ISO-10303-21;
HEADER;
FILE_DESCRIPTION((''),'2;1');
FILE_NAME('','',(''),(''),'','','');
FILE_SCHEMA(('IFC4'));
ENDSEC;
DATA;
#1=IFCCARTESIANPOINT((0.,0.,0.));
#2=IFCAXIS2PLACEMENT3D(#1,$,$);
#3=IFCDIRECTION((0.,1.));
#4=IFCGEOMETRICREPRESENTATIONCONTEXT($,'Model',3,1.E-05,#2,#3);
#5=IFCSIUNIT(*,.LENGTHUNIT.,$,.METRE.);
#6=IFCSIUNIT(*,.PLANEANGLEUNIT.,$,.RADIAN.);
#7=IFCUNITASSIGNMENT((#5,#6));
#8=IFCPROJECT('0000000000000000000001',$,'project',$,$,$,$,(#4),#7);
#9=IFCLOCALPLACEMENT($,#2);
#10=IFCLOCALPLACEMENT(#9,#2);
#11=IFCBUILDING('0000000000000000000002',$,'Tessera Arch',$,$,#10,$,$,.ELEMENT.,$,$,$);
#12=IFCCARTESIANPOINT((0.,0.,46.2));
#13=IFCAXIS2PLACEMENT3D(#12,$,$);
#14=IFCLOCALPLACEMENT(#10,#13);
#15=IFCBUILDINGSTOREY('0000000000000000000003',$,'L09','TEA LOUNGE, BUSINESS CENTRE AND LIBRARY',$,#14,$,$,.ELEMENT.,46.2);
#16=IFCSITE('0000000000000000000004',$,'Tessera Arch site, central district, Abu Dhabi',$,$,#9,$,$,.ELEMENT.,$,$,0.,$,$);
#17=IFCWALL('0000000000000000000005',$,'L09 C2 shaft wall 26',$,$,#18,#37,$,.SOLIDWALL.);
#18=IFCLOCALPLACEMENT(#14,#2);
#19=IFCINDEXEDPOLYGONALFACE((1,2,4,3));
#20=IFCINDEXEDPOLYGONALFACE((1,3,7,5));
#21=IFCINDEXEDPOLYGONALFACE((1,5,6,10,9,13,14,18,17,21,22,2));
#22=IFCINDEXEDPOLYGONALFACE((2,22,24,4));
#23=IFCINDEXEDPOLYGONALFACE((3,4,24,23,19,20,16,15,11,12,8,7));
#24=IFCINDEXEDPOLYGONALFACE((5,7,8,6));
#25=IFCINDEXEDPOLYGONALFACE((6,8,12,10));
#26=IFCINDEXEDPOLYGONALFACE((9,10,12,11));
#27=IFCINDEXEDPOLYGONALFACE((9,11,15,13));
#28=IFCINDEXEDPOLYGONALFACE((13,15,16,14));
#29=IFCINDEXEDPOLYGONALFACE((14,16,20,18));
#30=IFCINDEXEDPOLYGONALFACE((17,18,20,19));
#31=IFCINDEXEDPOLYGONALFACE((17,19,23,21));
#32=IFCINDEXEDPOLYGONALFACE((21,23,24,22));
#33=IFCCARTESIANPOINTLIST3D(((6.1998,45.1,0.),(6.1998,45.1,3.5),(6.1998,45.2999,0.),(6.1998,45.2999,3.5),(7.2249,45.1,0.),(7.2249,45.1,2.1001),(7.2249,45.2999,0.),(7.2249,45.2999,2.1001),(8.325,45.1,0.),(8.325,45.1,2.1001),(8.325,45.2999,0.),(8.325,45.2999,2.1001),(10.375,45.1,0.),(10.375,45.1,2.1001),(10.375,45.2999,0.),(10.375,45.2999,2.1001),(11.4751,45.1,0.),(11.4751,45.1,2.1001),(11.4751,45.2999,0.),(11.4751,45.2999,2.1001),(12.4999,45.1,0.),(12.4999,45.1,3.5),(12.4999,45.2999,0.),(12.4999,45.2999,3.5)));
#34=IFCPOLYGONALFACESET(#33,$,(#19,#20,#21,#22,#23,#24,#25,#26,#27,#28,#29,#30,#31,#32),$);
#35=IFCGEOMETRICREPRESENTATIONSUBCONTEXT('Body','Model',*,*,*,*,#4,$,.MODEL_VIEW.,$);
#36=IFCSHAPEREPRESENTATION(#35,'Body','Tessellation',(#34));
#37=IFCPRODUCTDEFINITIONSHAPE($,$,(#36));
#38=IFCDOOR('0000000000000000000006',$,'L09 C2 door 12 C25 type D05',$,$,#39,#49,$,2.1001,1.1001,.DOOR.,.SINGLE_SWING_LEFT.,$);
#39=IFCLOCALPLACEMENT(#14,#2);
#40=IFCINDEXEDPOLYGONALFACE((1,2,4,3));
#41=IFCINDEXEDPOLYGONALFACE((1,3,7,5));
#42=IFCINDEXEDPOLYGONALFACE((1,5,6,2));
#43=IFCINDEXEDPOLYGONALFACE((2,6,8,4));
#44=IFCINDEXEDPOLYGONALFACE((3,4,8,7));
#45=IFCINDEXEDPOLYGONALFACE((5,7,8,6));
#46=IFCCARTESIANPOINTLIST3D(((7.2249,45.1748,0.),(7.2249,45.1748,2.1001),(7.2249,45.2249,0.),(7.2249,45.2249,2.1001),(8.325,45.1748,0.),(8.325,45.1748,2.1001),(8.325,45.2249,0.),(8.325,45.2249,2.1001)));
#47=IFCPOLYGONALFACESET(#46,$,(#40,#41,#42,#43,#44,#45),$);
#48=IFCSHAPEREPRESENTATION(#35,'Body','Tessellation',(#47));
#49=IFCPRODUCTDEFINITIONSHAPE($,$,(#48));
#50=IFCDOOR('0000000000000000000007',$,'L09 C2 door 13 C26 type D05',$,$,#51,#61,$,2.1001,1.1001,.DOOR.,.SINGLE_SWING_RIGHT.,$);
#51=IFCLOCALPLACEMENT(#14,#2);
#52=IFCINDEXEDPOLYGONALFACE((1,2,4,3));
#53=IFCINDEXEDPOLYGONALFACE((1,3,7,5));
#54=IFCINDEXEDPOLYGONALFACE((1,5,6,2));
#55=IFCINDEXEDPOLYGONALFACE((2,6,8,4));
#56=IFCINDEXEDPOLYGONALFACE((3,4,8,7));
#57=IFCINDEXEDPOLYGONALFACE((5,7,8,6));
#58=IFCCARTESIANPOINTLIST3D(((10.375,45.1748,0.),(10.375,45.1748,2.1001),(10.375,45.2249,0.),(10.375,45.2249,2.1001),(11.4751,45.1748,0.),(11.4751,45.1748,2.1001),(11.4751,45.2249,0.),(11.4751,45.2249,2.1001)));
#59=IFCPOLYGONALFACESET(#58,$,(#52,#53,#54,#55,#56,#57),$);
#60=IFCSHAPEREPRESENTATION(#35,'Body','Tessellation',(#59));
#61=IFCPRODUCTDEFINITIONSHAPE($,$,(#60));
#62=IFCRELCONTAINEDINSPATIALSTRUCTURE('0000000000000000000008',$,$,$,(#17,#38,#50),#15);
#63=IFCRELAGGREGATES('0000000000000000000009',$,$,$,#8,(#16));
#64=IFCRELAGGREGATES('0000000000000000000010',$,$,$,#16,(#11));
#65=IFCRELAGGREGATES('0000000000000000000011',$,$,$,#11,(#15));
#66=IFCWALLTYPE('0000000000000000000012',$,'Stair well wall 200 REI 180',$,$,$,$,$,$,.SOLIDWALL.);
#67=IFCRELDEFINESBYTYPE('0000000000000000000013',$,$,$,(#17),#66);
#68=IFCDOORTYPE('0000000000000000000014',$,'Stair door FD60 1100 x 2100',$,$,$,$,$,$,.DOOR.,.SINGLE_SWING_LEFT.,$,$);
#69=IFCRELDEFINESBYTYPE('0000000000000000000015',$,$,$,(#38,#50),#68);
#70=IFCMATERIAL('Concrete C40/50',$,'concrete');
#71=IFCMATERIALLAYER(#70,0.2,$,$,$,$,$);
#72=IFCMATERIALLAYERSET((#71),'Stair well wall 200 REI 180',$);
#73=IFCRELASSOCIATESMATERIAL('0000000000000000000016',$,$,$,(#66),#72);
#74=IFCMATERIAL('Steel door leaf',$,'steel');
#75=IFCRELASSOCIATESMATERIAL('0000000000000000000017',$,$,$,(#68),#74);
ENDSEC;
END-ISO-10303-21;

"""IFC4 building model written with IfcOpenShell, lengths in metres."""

from ifc_helpers import new_model, si_unit, direction, frame, frame_2d, origin, place, context, subcontext, project, spatial, rectangle, extrude, material, layer, layer_set, type_object, element, fill, save


model = new_model("IFC4")

# Units and contexts
model_context = context("Model", 3, precision=1e-05, world=origin(), true_north=direction((0.0, 1.0)))
body_context = subcontext(model_context, "Body", "Model", "MODEL_VIEW")
ifc_project = project(units=[si_unit("LENGTHUNIT", "METRE"), si_unit("PLANEANGLEUNIT", "RADIAN")], contexts=[model_context])

# Site, building, storey
site_placement = place(None, origin())
site = spatial("IfcSite", under=ifc_project, at=site_placement, Name="Tessera Arch site, central district, Abu Dhabi", CompositionType="ELEMENT", RefElevation=0.0)
building_placement = place(site_placement, origin())
building = spatial("IfcBuilding", under=site, at=building_placement, Name="Tessera Arch", CompositionType="ELEMENT")
storey_placement = place(building_placement, frame((0.0, 0.0, 46.2)))
storey = spatial("IfcBuildingStorey", under=building, at=storey_placement, Name="L09", Description="TEA LOUNGE, BUSINESS CENTRE AND LIBRARY", CompositionType="ELEMENT", Elevation=46.2)

# Wall, openings, doors
ifc_material_1 = material(Name="Concrete C40/50", Category="concrete")
ifc_layer_1 = layer(ifc_material_1, 0.2)
ifc_layer_set_1 = layer_set([ifc_layer_1], Name="Stair well wall 200 REI 180")
wall_type_1 = type_object("IfcWallType", Name="Stair well wall 200 REI 180", PredefinedType="SOLIDWALL", material=ifc_layer_set_1)
wall_1_placement = place(storey_placement, frame((6.2, 45.2, 0.0), z_axis=(0.0, 0.0, 1.0), x_axis=(1.0, 0.0, 0.0)))
wall_1 = element("IfcWall", 1, at=wall_1_placement, inside=storey, type_object=wall_type_1, Name="L09 C2 shaft wall 26", PredefinedType="SOLIDWALL", context=body_context, shape_type="SweptSolid", body=[
    extrude(rectangle(XDim=6.3, YDim=0.2, at=frame_2d((3.1499, 0.0))), origin(), (0.0, 0.0, 1.0), 3.5),
])
opening_1_placement = place(wall_1_placement, frame((1.0249, 0.0, 0.0)))
opening_1 = element("IfcOpeningElement", 2, at=opening_1_placement, cuts=wall_1, PredefinedType="OPENING", context=body_context, shape_type="SweptSolid", body=[
    extrude(rectangle(XDim=1.1001, YDim=2.1001, at=frame_2d((0.55, 1.05))), frame((0.0, 0.1099, 0.0), z_axis=(0.0, -1.0, 0.0), x_axis=(1.0, 0.0, 0.0)), (0.0, 0.0, 1.0), 0.22),
])
opening_2_placement = place(wall_1_placement, frame((4.175, 0.0, 0.0)))
opening_2 = element("IfcOpeningElement", 3, at=opening_2_placement, cuts=wall_1, PredefinedType="OPENING", context=body_context, shape_type="SweptSolid", body=[
    extrude(rectangle(XDim=1.1001, YDim=2.1001, at=frame_2d((0.55, 1.05))), frame((0.0, 0.1099, 0.0), z_axis=(0.0, -1.0, 0.0), x_axis=(1.0, 0.0, 0.0)), (0.0, 0.0, 1.0), 0.22),
])
ifc_material_2 = material(Name="Steel door leaf", Category="steel")
door_type_1 = type_object("IfcDoorType", Name="Stair door FD60 1100 x 2100", OperationType="SINGLE_SWING_LEFT", PredefinedType="DOOR", material=ifc_material_2)
door_1_placement = place(opening_1_placement, origin())
door_1 = element("IfcDoor", 4, at=door_1_placement, inside=storey, type_object=door_type_1, Name="L09 C2 door 12 C25 type D05", OperationType="SINGLE_SWING_LEFT", OverallHeight=2.1001, OverallWidth=1.1001, PredefinedType="DOOR", context=body_context, shape_type="SweptSolid", body=[
    extrude(rectangle(XDim=1.1001, YDim=2.1001, at=frame_2d((0.55, 1.05))), frame((0.0, 0.0249, 0.0), z_axis=(0.0, -1.0, 0.0), x_axis=(1.0, 0.0, 0.0)), (0.0, 0.0, 1.0), 0.05),
])
fill(opening_1, door_1)
door_2_placement = place(opening_2_placement, origin())
door_2 = element("IfcDoor", 5, at=door_2_placement, inside=storey, type_object=door_type_1, Name="L09 C2 door 13 C26 type D05", OperationType="SINGLE_SWING_RIGHT", OverallHeight=2.1001, OverallWidth=1.1001, PredefinedType="DOOR", context=body_context, shape_type="SweptSolid", body=[
    extrude(rectangle(XDim=1.1001, YDim=2.1001, at=frame_2d((0.55, 1.05))), frame((0.0, 0.0249, 0.0), z_axis=(0.0, -1.0, 0.0), x_axis=(1.0, 0.0, 0.0)), (0.0, 0.0, 1.0), 0.05),
])
fill(opening_2, door_2)

save(model, "model.ifc")
